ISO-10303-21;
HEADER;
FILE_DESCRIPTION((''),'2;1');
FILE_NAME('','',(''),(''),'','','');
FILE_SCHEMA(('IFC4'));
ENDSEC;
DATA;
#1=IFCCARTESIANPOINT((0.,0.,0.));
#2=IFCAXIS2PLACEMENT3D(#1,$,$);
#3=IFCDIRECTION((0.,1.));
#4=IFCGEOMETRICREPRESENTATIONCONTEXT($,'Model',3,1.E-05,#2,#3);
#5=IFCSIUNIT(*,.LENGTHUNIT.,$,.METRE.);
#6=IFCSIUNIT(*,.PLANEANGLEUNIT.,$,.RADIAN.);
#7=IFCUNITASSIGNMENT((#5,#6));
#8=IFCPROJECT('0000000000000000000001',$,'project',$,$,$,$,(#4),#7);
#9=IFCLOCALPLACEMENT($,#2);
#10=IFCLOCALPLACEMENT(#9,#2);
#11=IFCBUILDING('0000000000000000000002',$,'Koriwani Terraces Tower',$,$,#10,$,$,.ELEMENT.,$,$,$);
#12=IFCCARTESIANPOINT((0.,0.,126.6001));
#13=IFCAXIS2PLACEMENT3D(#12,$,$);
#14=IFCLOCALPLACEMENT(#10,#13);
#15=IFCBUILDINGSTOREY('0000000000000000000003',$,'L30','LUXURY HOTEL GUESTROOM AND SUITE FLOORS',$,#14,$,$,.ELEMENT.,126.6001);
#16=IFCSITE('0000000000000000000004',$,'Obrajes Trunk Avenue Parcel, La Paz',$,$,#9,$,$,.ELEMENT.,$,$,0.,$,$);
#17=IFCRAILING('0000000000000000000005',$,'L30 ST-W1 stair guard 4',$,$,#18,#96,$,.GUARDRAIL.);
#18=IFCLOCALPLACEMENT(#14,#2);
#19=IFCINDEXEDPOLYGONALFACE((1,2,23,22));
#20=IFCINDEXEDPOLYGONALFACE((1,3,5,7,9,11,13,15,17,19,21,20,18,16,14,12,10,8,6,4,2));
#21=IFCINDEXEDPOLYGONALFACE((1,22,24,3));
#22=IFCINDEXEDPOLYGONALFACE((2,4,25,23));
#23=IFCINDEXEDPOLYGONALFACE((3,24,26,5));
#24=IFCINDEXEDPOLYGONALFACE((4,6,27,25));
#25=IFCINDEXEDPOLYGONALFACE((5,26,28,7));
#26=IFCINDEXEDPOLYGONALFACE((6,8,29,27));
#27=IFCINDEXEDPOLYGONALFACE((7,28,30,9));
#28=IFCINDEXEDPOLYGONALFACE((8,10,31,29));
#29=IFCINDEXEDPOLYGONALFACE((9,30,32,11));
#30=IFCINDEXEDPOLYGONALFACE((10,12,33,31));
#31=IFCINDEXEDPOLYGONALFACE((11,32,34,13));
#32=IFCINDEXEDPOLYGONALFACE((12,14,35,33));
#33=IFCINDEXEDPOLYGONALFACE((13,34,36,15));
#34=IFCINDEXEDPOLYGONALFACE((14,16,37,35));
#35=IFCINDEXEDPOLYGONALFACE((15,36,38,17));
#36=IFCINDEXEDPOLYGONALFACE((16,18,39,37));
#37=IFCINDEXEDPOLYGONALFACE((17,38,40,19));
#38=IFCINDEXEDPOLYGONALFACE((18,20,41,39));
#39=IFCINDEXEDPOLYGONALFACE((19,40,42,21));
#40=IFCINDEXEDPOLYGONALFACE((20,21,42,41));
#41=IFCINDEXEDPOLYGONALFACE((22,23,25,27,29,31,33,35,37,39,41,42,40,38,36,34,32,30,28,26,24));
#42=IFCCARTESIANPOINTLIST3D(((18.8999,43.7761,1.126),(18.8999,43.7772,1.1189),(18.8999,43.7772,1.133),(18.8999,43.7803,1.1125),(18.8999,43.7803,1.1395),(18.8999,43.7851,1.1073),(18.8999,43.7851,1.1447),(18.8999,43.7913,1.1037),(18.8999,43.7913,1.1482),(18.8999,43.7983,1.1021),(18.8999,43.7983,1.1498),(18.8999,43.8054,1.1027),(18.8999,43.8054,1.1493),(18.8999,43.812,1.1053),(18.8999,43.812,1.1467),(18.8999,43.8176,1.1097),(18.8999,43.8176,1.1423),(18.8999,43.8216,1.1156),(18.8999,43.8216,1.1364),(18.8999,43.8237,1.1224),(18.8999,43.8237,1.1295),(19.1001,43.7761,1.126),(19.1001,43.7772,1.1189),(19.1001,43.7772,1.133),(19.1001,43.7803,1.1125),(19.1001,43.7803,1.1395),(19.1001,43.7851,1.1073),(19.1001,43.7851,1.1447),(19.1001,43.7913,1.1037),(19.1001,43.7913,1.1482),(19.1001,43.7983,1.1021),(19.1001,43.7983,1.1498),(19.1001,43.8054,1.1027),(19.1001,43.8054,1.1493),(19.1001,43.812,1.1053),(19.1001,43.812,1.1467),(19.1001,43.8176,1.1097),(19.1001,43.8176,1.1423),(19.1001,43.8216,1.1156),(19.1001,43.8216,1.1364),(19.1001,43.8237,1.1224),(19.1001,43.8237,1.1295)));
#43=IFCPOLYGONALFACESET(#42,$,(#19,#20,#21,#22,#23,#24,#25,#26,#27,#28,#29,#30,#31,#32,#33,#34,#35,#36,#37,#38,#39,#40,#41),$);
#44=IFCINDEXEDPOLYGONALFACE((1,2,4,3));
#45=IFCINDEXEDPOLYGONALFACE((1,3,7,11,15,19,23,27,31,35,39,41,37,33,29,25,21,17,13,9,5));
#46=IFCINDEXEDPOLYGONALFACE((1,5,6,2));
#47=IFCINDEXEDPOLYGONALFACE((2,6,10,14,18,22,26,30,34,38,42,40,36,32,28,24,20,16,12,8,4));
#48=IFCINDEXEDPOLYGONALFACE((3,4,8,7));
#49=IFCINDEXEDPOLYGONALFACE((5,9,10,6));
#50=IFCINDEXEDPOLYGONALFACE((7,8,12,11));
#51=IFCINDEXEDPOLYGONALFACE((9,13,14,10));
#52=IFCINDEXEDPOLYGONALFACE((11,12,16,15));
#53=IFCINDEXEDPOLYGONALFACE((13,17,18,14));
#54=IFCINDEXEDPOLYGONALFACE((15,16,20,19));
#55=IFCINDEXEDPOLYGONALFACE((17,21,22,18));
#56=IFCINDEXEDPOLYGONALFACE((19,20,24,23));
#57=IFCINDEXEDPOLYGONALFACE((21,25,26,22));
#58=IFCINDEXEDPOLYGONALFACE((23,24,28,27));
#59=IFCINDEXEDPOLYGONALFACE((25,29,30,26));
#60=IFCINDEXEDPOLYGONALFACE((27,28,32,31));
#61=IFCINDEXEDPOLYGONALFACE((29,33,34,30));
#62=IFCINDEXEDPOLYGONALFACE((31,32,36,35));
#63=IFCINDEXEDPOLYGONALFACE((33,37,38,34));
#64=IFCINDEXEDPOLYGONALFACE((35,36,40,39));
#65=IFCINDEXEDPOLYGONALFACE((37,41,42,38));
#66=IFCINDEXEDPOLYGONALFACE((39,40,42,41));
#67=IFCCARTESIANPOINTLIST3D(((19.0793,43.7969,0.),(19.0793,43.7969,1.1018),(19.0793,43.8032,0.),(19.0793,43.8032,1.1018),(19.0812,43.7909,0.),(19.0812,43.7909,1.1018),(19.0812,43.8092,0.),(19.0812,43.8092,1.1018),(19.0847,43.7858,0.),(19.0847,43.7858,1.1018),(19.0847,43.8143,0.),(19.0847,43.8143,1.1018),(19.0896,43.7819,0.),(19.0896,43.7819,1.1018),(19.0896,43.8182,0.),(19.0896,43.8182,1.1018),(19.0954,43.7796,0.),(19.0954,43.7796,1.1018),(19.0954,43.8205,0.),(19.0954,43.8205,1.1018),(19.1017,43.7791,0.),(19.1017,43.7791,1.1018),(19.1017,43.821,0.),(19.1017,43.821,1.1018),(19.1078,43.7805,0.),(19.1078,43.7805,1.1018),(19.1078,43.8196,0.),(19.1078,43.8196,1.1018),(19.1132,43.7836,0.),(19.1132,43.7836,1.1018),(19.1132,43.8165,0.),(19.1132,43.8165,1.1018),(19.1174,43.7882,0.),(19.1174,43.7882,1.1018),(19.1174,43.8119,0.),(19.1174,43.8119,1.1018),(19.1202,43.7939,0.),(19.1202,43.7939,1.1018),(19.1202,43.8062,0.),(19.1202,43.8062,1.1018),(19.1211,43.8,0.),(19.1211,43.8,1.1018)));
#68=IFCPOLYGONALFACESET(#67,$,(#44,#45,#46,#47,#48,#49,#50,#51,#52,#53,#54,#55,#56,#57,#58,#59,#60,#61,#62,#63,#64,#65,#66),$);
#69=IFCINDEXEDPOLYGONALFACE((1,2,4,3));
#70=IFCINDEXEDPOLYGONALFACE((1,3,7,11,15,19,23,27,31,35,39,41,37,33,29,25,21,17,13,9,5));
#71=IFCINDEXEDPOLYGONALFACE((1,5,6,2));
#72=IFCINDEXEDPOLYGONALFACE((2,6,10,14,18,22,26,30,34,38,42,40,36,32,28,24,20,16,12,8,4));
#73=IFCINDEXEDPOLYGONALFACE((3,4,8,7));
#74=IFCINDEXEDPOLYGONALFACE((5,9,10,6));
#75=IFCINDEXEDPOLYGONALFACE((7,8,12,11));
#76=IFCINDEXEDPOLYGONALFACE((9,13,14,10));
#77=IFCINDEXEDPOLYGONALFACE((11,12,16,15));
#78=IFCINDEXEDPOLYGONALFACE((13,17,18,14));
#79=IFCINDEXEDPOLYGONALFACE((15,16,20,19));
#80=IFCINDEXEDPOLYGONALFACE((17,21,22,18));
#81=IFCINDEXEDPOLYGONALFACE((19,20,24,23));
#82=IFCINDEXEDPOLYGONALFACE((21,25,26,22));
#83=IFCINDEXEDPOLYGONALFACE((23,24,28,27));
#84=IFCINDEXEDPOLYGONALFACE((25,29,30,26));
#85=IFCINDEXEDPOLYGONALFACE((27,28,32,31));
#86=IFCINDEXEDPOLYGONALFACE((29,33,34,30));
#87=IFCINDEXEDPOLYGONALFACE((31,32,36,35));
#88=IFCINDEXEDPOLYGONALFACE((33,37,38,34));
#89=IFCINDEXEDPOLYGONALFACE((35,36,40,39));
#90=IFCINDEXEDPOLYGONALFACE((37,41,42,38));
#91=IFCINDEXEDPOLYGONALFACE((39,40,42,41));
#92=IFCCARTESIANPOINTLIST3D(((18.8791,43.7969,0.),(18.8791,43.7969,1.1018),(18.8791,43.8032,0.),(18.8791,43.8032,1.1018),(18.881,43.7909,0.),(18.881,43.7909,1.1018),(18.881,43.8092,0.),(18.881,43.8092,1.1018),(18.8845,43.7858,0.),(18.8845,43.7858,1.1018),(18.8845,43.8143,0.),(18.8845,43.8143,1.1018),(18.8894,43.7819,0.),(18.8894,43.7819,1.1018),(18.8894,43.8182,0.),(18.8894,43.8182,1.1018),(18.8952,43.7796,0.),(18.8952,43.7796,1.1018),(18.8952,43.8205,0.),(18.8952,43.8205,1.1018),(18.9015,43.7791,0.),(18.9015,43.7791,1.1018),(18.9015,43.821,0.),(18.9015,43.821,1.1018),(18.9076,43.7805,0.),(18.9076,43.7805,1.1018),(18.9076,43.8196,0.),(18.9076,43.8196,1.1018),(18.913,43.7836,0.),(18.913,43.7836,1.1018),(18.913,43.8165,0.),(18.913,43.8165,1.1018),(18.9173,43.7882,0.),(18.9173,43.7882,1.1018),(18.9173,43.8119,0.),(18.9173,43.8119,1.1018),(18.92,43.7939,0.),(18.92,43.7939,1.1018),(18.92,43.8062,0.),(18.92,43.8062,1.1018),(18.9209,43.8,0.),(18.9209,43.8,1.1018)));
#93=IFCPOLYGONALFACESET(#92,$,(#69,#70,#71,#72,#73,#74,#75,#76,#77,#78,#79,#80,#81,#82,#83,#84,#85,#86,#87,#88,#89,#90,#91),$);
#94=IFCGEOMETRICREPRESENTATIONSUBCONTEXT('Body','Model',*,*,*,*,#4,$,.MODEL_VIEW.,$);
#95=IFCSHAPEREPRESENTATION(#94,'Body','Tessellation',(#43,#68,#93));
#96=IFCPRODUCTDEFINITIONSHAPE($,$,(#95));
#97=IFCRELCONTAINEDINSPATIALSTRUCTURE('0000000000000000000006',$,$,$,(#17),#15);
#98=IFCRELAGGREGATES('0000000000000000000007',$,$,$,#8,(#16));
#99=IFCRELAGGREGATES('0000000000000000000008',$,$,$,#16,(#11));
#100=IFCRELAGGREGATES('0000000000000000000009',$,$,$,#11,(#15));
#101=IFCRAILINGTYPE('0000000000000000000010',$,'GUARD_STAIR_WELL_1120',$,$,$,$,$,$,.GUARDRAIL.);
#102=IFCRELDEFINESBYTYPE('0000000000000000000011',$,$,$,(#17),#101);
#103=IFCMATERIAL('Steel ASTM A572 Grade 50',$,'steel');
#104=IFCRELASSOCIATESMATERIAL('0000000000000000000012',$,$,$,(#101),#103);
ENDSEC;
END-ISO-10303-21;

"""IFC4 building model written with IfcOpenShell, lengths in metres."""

from ifc_helpers import new_model, si_unit, direction, frame, origin, origin_2d, place, context, subcontext, project, spatial, circle, extrude, material, type_object, element, save


model = new_model("IFC4")

# Units and contexts
model_context = context("Model", 3, precision=1e-05, world=origin(), true_north=direction((0.0, 1.0)))
body_context = subcontext(model_context, "Body", "Model", "MODEL_VIEW")
ifc_project = project(units=[si_unit("LENGTHUNIT", "METRE"), si_unit("PLANEANGLEUNIT", "RADIAN")], contexts=[model_context])

# Site, building, storey
site_placement = place(None, origin())
site = spatial("IfcSite", under=ifc_project, at=site_placement, Name="Obrajes Trunk Avenue Parcel, La Paz", CompositionType="ELEMENT", RefElevation=0.0)
building_placement = place(site_placement, origin())
building = spatial("IfcBuilding", under=site, at=building_placement, Name="Koriwani Terraces Tower", CompositionType="ELEMENT")
storey_placement = place(building_placement, frame((0.0, 0.0, 126.6001)))
storey = spatial("IfcBuildingStorey", under=building, at=storey_placement, Name="L30", Description="LUXURY HOTEL GUESTROOM AND SUITE FLOORS", CompositionType="ELEMENT", Elevation=126.6001)

# Shared definitions
ifc_material_1 = material(Name="Steel ASTM A572 Grade 50", Category="steel")

# Railing
railing_type_1 = type_object("IfcRailingType", Name="GUARD_STAIR_WELL_1120", PredefinedType="GUARDRAIL", material=ifc_material_1)
railing_1_placement = place(storey_placement, frame((19.1001, 43.8, 0.0)))
element("IfcRailing", 1, at=railing_1_placement, inside=storey, type_object=railing_type_1, Name="L30 ST-W1 stair guard 4", PredefinedType="GUARDRAIL", context=body_context, shape_type="SweptSolid", body=[
    extrude(circle(Radius=0.0239, at=origin_2d()), frame((0.0, 0.0, 1.126), z_axis=(-1.0, 0.0, 0.0), x_axis=(0.0, -1.0, 0.0)), (0.0, 0.0, 1.0), 0.2002),
    extrude(circle(Radius=0.021, at=origin_2d()), origin(), (0.0, 0.0, 1.0), 1.1018),
    extrude(circle(Radius=0.021, at=origin_2d()), frame((-0.2002, 0.0, 0.0)), (0.0, 0.0, 1.0), 1.1018),
])

save(model, "model.ifc")
